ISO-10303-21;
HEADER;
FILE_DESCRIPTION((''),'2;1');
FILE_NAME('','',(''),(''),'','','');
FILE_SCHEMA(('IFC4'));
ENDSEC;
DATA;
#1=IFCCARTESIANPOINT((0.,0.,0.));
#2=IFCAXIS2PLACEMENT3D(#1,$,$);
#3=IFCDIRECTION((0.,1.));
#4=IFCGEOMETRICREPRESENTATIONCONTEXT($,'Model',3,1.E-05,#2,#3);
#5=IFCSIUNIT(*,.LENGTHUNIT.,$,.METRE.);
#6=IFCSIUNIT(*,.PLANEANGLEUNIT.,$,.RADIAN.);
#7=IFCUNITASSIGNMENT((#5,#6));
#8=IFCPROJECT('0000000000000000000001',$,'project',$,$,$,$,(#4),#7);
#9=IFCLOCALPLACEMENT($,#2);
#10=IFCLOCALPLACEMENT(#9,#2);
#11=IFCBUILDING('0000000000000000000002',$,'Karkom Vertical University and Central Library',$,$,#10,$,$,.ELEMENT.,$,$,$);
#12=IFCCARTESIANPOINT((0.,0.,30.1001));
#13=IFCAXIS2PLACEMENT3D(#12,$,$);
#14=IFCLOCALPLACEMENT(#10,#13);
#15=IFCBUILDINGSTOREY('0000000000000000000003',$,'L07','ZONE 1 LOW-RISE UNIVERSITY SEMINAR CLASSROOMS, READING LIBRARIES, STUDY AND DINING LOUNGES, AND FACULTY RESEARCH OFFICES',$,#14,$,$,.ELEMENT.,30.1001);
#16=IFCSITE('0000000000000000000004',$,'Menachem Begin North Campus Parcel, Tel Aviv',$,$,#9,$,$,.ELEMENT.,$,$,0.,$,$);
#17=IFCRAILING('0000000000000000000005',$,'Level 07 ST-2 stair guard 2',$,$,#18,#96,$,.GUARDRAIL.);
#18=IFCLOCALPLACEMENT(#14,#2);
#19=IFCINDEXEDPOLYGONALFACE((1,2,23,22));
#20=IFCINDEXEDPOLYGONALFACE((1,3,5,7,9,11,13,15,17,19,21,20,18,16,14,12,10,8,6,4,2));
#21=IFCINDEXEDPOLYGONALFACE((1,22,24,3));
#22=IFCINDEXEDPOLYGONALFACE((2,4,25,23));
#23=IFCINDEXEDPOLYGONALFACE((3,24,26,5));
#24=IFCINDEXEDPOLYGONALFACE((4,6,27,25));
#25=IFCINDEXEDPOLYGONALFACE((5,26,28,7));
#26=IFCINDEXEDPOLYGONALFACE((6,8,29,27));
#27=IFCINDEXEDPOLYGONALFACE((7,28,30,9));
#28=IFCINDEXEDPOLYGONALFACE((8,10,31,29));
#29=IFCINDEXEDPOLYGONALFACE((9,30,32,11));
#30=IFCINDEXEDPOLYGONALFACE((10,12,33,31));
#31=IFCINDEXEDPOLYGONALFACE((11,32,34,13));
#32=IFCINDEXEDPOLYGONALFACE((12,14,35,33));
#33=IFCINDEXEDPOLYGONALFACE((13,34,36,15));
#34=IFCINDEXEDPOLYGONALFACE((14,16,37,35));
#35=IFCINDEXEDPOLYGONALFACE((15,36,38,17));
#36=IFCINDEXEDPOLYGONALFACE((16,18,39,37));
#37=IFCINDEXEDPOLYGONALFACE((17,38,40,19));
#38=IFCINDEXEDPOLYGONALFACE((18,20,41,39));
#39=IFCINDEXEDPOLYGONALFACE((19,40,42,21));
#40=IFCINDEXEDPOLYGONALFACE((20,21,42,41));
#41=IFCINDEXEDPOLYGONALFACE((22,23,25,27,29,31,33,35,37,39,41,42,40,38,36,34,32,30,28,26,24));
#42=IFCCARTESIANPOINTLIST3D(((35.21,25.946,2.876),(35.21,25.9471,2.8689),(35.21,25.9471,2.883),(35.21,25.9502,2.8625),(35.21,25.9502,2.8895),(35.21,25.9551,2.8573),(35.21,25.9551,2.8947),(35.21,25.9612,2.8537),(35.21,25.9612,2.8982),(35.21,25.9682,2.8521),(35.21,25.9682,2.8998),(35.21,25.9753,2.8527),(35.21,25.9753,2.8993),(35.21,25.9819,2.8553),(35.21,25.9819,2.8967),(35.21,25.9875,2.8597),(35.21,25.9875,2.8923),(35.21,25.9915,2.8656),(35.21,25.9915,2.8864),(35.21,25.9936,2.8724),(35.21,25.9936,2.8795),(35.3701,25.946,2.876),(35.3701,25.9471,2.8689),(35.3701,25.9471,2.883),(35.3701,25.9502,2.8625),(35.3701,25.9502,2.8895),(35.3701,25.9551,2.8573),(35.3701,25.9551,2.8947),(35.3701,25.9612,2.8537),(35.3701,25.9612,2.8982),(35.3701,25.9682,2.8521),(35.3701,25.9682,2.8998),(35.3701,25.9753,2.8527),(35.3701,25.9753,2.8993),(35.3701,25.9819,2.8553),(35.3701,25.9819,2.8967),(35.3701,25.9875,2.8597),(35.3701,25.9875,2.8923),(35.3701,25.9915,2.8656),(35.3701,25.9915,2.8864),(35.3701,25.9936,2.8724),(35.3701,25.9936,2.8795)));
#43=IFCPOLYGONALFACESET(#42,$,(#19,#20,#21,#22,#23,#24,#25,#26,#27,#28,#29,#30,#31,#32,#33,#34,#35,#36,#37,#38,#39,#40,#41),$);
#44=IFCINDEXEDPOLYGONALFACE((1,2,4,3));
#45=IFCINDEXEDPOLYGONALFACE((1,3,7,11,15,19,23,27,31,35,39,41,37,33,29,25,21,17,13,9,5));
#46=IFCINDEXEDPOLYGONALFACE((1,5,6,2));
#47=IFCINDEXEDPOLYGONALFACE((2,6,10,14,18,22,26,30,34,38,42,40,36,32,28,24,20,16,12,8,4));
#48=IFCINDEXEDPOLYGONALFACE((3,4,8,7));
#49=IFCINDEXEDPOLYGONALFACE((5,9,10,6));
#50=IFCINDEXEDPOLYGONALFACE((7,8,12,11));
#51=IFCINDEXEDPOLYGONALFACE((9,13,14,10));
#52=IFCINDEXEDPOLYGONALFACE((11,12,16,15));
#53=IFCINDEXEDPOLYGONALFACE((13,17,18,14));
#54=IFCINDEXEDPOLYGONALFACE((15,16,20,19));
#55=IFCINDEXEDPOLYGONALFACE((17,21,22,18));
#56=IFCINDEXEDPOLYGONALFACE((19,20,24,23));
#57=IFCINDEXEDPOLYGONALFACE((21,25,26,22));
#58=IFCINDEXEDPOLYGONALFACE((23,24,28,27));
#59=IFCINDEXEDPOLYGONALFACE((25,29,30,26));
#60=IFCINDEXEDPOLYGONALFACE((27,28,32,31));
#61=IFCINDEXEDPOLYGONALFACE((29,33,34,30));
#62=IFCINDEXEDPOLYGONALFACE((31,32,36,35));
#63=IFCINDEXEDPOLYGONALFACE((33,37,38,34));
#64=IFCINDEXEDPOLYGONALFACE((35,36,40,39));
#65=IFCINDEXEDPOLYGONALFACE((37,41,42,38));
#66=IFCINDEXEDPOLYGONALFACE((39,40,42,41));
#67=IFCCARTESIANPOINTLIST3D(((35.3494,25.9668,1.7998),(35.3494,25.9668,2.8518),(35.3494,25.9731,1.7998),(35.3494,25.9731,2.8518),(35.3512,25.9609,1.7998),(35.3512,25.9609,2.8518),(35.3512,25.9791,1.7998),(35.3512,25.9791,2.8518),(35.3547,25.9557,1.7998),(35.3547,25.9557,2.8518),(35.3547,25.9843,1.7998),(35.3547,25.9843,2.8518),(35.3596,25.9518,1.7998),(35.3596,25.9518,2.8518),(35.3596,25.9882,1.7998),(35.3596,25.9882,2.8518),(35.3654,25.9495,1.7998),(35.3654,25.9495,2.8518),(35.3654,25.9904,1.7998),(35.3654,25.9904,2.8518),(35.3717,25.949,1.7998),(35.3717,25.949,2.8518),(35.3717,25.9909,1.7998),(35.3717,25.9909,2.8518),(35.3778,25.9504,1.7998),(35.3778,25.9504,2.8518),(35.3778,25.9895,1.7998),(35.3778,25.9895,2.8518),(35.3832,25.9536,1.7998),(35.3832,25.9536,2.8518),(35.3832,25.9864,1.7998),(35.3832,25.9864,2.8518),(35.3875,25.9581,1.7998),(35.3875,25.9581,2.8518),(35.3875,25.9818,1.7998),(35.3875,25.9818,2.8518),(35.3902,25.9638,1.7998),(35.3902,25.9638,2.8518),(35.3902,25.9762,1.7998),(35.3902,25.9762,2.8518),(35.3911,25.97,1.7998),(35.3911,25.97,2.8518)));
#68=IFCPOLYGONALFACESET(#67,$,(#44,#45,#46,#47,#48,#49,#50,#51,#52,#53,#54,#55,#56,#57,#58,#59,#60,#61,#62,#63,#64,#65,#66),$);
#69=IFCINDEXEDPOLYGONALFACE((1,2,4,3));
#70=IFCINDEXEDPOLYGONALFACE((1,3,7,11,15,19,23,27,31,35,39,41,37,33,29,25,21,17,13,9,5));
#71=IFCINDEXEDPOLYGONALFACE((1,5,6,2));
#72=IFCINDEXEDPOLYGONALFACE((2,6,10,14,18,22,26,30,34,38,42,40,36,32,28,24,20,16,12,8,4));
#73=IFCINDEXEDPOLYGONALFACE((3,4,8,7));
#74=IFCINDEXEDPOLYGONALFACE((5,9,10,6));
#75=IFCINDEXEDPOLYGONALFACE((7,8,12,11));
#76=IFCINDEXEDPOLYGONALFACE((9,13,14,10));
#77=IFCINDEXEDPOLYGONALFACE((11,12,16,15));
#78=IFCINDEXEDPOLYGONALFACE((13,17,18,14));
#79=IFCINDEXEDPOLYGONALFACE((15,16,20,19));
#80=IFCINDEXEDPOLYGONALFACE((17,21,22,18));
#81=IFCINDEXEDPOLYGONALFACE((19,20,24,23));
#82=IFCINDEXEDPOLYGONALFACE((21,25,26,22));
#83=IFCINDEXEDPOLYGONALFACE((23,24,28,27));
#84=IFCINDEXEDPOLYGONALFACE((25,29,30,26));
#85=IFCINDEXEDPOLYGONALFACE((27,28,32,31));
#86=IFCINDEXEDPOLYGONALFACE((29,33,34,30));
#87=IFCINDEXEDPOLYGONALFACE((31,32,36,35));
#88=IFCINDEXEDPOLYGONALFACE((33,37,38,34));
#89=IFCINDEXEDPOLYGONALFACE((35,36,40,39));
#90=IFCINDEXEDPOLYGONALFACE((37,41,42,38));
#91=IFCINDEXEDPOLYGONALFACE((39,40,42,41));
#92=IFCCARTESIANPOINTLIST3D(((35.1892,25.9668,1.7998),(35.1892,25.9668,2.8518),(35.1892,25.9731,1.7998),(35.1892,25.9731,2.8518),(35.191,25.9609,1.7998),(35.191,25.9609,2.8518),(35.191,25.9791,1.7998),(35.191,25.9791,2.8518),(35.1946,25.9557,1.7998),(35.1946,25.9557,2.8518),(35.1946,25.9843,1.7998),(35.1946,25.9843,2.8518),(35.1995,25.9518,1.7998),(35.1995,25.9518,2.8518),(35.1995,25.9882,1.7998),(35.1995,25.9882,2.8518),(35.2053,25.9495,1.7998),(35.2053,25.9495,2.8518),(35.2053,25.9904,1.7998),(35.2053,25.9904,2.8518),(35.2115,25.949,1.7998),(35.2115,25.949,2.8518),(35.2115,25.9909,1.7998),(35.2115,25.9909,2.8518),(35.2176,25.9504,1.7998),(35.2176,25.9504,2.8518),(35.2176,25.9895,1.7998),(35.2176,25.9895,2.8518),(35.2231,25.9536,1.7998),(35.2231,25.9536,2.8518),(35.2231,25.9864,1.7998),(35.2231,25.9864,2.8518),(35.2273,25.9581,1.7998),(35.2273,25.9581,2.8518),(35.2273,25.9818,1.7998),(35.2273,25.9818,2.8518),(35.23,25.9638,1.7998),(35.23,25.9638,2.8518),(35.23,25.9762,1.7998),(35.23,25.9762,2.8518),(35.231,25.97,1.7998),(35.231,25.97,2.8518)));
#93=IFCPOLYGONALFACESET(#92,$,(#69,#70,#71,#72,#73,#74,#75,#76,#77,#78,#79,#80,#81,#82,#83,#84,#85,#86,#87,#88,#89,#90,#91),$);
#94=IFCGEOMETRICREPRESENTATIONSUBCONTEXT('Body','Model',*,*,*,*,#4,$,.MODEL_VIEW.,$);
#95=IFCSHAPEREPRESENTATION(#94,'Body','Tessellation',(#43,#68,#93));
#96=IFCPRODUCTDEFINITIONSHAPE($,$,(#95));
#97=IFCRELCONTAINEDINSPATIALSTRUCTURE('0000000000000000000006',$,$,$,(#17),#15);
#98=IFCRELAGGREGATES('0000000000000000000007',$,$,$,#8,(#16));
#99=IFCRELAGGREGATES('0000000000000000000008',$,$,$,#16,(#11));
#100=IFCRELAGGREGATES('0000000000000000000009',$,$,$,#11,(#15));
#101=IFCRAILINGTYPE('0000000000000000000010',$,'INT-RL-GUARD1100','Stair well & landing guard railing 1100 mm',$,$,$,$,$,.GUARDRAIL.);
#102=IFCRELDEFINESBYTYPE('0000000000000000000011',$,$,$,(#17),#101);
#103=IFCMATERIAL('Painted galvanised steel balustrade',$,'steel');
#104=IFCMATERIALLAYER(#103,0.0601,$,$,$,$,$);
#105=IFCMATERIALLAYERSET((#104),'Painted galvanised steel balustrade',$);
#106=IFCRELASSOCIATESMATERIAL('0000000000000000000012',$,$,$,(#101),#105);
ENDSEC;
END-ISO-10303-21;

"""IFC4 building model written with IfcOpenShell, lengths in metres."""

from ifc_helpers import new_model, si_unit, direction, frame, origin, origin_2d, place, context, subcontext, project, spatial, circle, extrude, material, layer, layer_set, type_object, element, save


model = new_model("IFC4")

# Units and contexts
model_context = context("Model", 3, precision=1e-05, world=origin(), true_north=direction((0.0, 1.0)))
body_context = subcontext(model_context, "Body", "Model", "MODEL_VIEW")
ifc_project = project(units=[si_unit("LENGTHUNIT", "METRE"), si_unit("PLANEANGLEUNIT", "RADIAN")], contexts=[model_context])

# Site, building, storey
site_placement = place(None, origin())
site = spatial("IfcSite", under=ifc_project, at=site_placement, Name="Menachem Begin North Campus Parcel, Tel Aviv", CompositionType="ELEMENT", RefElevation=0.0)
building_placement = place(site_placement, origin())
building = spatial("IfcBuilding", under=site, at=building_placement, Name="Karkom Vertical University and Central Library", CompositionType="ELEMENT")
storey_placement = place(building_placement, frame((0.0, 0.0, 30.1001)))
storey = spatial("IfcBuildingStorey", under=building, at=storey_placement, Name="L07", Description="ZONE 1 LOW-RISE UNIVERSITY SEMINAR CLASSROOMS, READING LIBRARIES, STUDY AND DINING LOUNGES, AND FACULTY RESEARCH OFFICES", CompositionType="ELEMENT", Elevation=30.1001)

# Railing
ifc_material_1 = material(Name="Painted galvanised steel balustrade", Category="steel")
ifc_layer_1 = layer(ifc_material_1, 0.0601)
ifc_layer_set_1 = layer_set([ifc_layer_1], Name="Painted galvanised steel balustrade")
railing_type_1 = type_object("IfcRailingType", Name="INT-RL-GUARD1100", Description="Stair well & landing guard railing 1100 mm", PredefinedType="GUARDRAIL", material=ifc_layer_set_1)
railing_1_placement = place(storey_placement, frame((35.3701, 25.97, 1.7998)))
element("IfcRailing", 1, at=railing_1_placement, inside=storey, type_object=railing_type_1, Name="Level 07 ST-2 stair guard 2", PredefinedType="GUARDRAIL", context=body_context, shape_type="SweptSolid", body=[
    extrude(circle(Radius=0.0239, at=origin_2d()), frame((0.0, 0.0, 1.0762), z_axis=(-1.0, 0.0, 0.0), x_axis=(0.0, -1.0, 0.0)), (0.0, 0.0, 1.0), 0.1602),
    extrude(circle(Radius=0.021, at=origin_2d()), origin(), (0.0, 0.0, 1.0), 1.052),
    extrude(circle(Radius=0.021, at=origin_2d()), frame((-0.1602, 0.0, 0.0)), (0.0, 0.0, 1.0), 1.052),
])

save(model, "model.ifc")
